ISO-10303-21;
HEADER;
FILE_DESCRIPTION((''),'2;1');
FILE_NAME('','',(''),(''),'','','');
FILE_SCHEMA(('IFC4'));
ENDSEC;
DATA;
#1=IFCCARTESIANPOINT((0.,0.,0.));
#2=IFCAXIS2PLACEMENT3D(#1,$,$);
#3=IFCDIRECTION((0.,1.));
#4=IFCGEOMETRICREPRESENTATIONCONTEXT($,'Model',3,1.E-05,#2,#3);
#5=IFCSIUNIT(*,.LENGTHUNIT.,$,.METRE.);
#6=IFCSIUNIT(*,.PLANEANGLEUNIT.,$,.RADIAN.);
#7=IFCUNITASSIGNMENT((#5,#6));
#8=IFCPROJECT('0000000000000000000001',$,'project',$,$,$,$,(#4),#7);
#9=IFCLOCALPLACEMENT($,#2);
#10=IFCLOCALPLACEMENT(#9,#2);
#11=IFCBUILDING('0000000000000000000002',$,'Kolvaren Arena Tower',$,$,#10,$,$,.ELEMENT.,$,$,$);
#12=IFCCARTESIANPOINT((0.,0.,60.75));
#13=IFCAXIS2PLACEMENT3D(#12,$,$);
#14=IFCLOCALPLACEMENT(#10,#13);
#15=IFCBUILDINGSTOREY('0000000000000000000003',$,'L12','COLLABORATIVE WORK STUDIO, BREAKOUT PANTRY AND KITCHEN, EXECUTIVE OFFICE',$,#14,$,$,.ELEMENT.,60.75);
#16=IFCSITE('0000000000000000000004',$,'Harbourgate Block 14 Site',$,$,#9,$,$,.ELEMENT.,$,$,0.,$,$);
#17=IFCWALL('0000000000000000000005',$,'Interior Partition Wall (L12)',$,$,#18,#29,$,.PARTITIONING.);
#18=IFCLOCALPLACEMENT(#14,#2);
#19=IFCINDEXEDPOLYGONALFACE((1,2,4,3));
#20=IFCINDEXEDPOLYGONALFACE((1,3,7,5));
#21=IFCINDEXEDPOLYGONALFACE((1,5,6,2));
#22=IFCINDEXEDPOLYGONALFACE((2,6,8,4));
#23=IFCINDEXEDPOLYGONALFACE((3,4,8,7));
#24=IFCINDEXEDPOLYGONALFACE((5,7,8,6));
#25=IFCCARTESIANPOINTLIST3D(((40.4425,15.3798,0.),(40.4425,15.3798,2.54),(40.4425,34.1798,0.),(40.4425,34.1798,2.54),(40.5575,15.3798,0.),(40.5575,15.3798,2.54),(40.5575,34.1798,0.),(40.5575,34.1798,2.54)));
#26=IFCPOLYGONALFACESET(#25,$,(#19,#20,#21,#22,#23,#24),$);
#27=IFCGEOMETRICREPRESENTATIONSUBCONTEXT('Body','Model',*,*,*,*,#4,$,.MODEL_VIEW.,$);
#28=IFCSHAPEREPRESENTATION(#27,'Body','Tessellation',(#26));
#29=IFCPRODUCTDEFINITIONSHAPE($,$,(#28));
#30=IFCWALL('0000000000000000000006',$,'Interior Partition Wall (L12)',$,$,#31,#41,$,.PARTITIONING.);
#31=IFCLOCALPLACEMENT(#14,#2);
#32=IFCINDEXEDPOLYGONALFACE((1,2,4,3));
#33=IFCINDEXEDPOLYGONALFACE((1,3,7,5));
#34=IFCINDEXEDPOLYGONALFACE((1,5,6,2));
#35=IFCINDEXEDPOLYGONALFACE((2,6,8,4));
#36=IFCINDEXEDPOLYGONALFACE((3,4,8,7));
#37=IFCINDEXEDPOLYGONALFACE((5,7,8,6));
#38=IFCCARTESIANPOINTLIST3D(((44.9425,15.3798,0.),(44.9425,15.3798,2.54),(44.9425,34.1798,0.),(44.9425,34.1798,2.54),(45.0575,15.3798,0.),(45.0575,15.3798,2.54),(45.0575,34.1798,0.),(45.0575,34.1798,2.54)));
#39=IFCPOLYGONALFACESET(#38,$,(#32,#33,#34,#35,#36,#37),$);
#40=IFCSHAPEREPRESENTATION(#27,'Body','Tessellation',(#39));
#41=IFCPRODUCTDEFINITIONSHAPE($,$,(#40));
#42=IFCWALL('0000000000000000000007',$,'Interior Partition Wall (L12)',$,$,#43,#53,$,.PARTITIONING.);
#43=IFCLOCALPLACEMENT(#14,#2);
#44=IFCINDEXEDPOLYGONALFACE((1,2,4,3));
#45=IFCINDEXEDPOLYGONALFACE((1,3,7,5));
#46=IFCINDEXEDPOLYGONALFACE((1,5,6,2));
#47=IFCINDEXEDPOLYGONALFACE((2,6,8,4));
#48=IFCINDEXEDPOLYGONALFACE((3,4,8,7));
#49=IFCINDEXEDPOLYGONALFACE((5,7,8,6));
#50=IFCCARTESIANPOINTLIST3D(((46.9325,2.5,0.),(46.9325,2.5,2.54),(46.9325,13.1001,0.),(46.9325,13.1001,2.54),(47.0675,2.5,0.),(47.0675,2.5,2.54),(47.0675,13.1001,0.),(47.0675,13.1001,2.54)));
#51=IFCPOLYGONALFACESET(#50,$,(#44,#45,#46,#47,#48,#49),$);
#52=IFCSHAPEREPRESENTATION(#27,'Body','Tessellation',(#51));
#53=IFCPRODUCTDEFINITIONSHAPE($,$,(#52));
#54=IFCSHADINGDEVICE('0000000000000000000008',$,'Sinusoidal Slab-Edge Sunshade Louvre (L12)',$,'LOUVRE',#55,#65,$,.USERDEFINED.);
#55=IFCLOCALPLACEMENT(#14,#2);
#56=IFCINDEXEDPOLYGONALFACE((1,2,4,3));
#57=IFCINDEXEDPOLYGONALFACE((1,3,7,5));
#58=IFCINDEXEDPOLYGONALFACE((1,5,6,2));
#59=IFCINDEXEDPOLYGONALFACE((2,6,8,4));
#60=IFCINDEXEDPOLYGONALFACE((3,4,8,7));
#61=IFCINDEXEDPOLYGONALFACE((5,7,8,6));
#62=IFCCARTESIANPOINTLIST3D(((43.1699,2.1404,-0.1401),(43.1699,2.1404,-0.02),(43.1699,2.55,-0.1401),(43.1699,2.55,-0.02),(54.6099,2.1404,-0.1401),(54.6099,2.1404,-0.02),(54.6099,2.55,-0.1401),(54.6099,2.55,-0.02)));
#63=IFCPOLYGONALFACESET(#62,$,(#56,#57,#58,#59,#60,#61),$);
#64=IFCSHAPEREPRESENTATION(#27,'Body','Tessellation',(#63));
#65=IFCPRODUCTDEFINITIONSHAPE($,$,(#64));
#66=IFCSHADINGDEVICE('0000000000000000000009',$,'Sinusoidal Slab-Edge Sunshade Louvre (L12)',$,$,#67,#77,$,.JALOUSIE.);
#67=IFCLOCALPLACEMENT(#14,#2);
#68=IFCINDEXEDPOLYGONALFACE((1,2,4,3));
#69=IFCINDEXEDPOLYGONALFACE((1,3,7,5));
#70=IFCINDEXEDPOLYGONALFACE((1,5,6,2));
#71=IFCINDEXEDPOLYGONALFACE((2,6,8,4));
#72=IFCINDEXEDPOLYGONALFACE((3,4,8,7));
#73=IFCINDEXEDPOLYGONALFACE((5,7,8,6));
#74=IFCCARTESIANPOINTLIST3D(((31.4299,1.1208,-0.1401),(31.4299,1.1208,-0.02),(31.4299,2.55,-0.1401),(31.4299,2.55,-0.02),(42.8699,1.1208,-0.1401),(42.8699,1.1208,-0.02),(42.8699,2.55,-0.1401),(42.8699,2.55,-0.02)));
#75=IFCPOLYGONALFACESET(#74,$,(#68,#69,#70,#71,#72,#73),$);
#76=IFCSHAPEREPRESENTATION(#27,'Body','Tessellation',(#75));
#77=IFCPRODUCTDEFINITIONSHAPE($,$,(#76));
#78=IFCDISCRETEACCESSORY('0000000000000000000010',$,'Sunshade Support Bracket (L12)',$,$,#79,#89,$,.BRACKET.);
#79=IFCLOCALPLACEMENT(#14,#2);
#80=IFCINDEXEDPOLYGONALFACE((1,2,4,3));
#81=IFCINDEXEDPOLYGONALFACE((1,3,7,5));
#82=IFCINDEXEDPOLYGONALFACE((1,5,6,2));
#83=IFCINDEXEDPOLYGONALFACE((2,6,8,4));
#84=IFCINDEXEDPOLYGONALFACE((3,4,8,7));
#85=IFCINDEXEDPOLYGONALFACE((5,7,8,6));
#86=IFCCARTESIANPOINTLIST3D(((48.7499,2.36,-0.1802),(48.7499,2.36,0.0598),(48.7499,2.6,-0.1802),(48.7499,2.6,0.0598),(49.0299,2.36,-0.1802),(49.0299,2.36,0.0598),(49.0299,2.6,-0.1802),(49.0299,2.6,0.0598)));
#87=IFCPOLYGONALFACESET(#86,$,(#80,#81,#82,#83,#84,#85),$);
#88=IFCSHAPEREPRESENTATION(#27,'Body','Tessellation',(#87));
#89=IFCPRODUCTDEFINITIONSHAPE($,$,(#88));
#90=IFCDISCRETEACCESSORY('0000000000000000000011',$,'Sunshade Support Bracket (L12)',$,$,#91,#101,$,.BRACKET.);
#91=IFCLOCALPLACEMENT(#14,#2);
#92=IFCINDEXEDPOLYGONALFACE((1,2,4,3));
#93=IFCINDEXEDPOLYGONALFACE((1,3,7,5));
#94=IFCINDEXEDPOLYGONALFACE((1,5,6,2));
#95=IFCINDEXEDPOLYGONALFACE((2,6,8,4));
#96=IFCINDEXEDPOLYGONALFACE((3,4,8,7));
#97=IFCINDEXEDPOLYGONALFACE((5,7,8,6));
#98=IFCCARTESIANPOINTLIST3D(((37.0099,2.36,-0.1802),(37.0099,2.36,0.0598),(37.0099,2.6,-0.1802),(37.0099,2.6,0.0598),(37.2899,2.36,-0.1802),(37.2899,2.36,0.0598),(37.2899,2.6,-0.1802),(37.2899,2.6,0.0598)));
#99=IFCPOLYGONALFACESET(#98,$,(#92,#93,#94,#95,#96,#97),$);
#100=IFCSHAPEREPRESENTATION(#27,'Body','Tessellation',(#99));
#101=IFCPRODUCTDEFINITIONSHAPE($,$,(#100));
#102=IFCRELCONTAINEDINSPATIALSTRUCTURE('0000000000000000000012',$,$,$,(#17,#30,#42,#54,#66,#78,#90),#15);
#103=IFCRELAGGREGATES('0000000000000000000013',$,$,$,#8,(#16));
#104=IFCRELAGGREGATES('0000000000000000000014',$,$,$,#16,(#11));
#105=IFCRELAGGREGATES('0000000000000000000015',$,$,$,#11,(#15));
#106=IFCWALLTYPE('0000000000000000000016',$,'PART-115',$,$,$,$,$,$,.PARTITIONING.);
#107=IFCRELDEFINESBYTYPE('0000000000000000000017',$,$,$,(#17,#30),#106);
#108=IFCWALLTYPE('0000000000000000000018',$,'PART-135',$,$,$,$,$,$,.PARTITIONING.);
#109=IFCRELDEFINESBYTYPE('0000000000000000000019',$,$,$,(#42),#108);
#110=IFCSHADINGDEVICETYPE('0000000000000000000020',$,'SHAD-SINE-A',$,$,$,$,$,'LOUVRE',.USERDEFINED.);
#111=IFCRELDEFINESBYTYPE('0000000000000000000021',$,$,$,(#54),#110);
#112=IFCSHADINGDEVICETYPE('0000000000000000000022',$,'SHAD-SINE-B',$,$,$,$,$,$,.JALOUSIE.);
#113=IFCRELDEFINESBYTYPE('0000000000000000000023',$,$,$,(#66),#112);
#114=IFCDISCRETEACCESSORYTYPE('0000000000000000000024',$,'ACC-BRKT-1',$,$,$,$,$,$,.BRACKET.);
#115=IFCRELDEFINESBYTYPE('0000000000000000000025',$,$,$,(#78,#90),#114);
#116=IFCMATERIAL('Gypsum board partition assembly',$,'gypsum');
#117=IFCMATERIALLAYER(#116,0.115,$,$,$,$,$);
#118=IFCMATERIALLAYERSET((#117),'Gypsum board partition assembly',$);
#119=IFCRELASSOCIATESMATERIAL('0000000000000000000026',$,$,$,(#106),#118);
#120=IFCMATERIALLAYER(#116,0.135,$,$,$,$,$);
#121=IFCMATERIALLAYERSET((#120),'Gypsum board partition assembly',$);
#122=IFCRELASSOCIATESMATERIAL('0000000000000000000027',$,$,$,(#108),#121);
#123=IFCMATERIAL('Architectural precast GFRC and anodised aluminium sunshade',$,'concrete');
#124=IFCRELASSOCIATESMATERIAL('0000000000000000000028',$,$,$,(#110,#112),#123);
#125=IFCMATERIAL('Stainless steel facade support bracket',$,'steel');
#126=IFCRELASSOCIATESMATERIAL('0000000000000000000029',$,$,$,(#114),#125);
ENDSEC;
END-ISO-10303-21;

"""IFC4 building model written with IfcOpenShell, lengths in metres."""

from ifc_helpers import new_model, si_unit, direction, frame, frame_2d, origin, origin_2d, place, context, subcontext, project, spatial, rectangle, extrude, material, layer, layer_set, type_object, element, save


model = new_model("IFC4")

# Units and contexts
model_context = context("Model", 3, precision=1e-05, world=origin(), true_north=direction((0.0, 1.0)))
body_context = subcontext(model_context, "Body", "Model", "MODEL_VIEW")
ifc_project = project(units=[si_unit("LENGTHUNIT", "METRE"), si_unit("PLANEANGLEUNIT", "RADIAN")], contexts=[model_context])

# Site, building, storey
site_placement = place(None, origin())
site = spatial("IfcSite", under=ifc_project, at=site_placement, Name="Harbourgate Block 14 Site", CompositionType="ELEMENT", RefElevation=0.0)
building_placement = place(site_placement, origin())
building = spatial("IfcBuilding", under=site, at=building_placement, Name="Kolvaren Arena Tower", CompositionType="ELEMENT")
storey_placement = place(building_placement, frame((0.0, 0.0, 60.75)))
storey = spatial("IfcBuildingStorey", under=building, at=storey_placement, Name="L12", Description="COLLABORATIVE WORK STUDIO, BREAKOUT PANTRY AND KITCHEN, EXECUTIVE OFFICE", CompositionType="ELEMENT", Elevation=60.75)

# Walls
ifc_material_1 = material(Name="Gypsum board partition assembly", Category="gypsum")
ifc_layer_1 = layer(ifc_material_1, 0.115)
ifc_layer_set_1 = layer_set([ifc_layer_1], Name="Gypsum board partition assembly")
wall_type_1 = type_object("IfcWallType", Name="PART-115", PredefinedType="PARTITIONING", material=ifc_layer_set_1)
for number, where, z_axis, x_axis, name in (
    (1, (40.5, 15.3799, 0.0), (0.0, 0.0, 1.0), (0.0, 1.0, 0.0), "Interior Partition Wall (L12)"),
    (2, (45.0, 15.3799, 0.0), (0.0, 0.0, 1.0), (0.0, 1.0, 0.0), "Interior Partition Wall (L12)"),
):
    element("IfcWall", number, at=place(storey_placement, frame(where, z_axis=z_axis, x_axis=x_axis)), inside=storey, type_object=wall_type_1, Name=name, PredefinedType="PARTITIONING", context=body_context, shape_type="SweptSolid", body=[
        extrude(rectangle(XDim=18.8, YDim=0.115, at=frame_2d((9.3999, 0.0))), origin(), (0.0, 0.0, 1.0), 2.54),
    ])
ifc_layer_2 = layer(ifc_material_1, 0.135)
ifc_layer_set_2 = layer_set([ifc_layer_2], Name="Gypsum board partition assembly")
wall_type_2 = type_object("IfcWallType", Name="PART-135", PredefinedType="PARTITIONING", material=ifc_layer_set_2)
wall_1_placement = place(storey_placement, frame((47.0, 2.5, 0.0), z_axis=(0.0, 0.0, 1.0), x_axis=(0.0, 1.0, 0.0)))
element("IfcWall", 3, at=wall_1_placement, inside=storey, type_object=wall_type_2, Name="Interior Partition Wall (L12)", PredefinedType="PARTITIONING", context=body_context, shape_type="SweptSolid", body=[
    extrude(rectangle(XDim=10.6001, YDim=0.135, at=frame_2d((5.3, 0.0))), origin(), (0.0, 0.0, 1.0), 2.54),
])

# Shading devices
ifc_material_2 = material(Name="Architectural precast GFRC and anodised aluminium sunshade", Category="concrete")
shading_device_type_1 = type_object("IfcShadingDeviceType", Name="SHAD-SINE-A", ElementType="LOUVRE", PredefinedType="USERDEFINED", material=ifc_material_2)
shading_device_1_placement = place(storey_placement, frame((48.8899, 2.3452, -0.1401), z_axis=(0.0, 0.0, 1.0), x_axis=(-1.0, 0.0, 0.0)))
element("IfcShadingDevice", 4, at=shading_device_1_placement, inside=storey, type_object=shading_device_type_1, Name="Sinusoidal Slab-Edge Sunshade Louvre (L12)", ObjectType="LOUVRE", PredefinedType="USERDEFINED", context=body_context, shape_type="SweptSolid", body=[
    extrude(rectangle(XDim=11.4399, YDim=0.4097, at=origin_2d()), origin(), (0.0, 0.0, 1.0), 0.1201),
])
shading_device_type_2 = type_object("IfcShadingDeviceType", Name="SHAD-SINE-B", PredefinedType="JALOUSIE", material=ifc_material_2)
shading_device_2_placement = place(storey_placement, frame((37.1499, 1.8354, -0.1401), z_axis=(0.0, 0.0, 1.0), x_axis=(-1.0, 0.0, 0.0)))
element("IfcShadingDevice", 5, at=shading_device_2_placement, inside=storey, type_object=shading_device_type_2, Name="Sinusoidal Slab-Edge Sunshade Louvre (L12)", PredefinedType="JALOUSIE", context=body_context, shape_type="SweptSolid", body=[
    extrude(rectangle(XDim=11.4399, YDim=1.4292, at=origin_2d()), origin(), (0.0, 0.0, 1.0), 0.1201),
])

# Discrete accessories
ifc_material_3 = material(Name="Stainless steel facade support bracket", Category="steel")
discrete_accessory_type = type_object("IfcDiscreteAccessoryType", Name="ACC-BRKT-1", PredefinedType="BRACKET", material=ifc_material_3)
for number, where, z_axis, x_axis, name in (
    (6, (48.8899, 2.48, -0.1802), (0.0, 0.0, 1.0), (-1.0, 0.0, 0.0), "Sunshade Support Bracket (L12)"),
    (7, (37.1499, 2.48, -0.1802), (0.0, 0.0, 1.0), (-1.0, 0.0, 0.0), "Sunshade Support Bracket (L12)"),
):
    element("IfcDiscreteAccessory", number, at=place(storey_placement, frame(where, z_axis=z_axis, x_axis=x_axis)), inside=storey, type_object=discrete_accessory_type, Name=name, PredefinedType="BRACKET", context=body_context, shape_type="SweptSolid", body=[
        extrude(rectangle(XDim=0.28, YDim=0.24, at=origin_2d()), origin(), (0.0, 0.0, 1.0), 0.24),
    ])

save(model, "model.ifc")
